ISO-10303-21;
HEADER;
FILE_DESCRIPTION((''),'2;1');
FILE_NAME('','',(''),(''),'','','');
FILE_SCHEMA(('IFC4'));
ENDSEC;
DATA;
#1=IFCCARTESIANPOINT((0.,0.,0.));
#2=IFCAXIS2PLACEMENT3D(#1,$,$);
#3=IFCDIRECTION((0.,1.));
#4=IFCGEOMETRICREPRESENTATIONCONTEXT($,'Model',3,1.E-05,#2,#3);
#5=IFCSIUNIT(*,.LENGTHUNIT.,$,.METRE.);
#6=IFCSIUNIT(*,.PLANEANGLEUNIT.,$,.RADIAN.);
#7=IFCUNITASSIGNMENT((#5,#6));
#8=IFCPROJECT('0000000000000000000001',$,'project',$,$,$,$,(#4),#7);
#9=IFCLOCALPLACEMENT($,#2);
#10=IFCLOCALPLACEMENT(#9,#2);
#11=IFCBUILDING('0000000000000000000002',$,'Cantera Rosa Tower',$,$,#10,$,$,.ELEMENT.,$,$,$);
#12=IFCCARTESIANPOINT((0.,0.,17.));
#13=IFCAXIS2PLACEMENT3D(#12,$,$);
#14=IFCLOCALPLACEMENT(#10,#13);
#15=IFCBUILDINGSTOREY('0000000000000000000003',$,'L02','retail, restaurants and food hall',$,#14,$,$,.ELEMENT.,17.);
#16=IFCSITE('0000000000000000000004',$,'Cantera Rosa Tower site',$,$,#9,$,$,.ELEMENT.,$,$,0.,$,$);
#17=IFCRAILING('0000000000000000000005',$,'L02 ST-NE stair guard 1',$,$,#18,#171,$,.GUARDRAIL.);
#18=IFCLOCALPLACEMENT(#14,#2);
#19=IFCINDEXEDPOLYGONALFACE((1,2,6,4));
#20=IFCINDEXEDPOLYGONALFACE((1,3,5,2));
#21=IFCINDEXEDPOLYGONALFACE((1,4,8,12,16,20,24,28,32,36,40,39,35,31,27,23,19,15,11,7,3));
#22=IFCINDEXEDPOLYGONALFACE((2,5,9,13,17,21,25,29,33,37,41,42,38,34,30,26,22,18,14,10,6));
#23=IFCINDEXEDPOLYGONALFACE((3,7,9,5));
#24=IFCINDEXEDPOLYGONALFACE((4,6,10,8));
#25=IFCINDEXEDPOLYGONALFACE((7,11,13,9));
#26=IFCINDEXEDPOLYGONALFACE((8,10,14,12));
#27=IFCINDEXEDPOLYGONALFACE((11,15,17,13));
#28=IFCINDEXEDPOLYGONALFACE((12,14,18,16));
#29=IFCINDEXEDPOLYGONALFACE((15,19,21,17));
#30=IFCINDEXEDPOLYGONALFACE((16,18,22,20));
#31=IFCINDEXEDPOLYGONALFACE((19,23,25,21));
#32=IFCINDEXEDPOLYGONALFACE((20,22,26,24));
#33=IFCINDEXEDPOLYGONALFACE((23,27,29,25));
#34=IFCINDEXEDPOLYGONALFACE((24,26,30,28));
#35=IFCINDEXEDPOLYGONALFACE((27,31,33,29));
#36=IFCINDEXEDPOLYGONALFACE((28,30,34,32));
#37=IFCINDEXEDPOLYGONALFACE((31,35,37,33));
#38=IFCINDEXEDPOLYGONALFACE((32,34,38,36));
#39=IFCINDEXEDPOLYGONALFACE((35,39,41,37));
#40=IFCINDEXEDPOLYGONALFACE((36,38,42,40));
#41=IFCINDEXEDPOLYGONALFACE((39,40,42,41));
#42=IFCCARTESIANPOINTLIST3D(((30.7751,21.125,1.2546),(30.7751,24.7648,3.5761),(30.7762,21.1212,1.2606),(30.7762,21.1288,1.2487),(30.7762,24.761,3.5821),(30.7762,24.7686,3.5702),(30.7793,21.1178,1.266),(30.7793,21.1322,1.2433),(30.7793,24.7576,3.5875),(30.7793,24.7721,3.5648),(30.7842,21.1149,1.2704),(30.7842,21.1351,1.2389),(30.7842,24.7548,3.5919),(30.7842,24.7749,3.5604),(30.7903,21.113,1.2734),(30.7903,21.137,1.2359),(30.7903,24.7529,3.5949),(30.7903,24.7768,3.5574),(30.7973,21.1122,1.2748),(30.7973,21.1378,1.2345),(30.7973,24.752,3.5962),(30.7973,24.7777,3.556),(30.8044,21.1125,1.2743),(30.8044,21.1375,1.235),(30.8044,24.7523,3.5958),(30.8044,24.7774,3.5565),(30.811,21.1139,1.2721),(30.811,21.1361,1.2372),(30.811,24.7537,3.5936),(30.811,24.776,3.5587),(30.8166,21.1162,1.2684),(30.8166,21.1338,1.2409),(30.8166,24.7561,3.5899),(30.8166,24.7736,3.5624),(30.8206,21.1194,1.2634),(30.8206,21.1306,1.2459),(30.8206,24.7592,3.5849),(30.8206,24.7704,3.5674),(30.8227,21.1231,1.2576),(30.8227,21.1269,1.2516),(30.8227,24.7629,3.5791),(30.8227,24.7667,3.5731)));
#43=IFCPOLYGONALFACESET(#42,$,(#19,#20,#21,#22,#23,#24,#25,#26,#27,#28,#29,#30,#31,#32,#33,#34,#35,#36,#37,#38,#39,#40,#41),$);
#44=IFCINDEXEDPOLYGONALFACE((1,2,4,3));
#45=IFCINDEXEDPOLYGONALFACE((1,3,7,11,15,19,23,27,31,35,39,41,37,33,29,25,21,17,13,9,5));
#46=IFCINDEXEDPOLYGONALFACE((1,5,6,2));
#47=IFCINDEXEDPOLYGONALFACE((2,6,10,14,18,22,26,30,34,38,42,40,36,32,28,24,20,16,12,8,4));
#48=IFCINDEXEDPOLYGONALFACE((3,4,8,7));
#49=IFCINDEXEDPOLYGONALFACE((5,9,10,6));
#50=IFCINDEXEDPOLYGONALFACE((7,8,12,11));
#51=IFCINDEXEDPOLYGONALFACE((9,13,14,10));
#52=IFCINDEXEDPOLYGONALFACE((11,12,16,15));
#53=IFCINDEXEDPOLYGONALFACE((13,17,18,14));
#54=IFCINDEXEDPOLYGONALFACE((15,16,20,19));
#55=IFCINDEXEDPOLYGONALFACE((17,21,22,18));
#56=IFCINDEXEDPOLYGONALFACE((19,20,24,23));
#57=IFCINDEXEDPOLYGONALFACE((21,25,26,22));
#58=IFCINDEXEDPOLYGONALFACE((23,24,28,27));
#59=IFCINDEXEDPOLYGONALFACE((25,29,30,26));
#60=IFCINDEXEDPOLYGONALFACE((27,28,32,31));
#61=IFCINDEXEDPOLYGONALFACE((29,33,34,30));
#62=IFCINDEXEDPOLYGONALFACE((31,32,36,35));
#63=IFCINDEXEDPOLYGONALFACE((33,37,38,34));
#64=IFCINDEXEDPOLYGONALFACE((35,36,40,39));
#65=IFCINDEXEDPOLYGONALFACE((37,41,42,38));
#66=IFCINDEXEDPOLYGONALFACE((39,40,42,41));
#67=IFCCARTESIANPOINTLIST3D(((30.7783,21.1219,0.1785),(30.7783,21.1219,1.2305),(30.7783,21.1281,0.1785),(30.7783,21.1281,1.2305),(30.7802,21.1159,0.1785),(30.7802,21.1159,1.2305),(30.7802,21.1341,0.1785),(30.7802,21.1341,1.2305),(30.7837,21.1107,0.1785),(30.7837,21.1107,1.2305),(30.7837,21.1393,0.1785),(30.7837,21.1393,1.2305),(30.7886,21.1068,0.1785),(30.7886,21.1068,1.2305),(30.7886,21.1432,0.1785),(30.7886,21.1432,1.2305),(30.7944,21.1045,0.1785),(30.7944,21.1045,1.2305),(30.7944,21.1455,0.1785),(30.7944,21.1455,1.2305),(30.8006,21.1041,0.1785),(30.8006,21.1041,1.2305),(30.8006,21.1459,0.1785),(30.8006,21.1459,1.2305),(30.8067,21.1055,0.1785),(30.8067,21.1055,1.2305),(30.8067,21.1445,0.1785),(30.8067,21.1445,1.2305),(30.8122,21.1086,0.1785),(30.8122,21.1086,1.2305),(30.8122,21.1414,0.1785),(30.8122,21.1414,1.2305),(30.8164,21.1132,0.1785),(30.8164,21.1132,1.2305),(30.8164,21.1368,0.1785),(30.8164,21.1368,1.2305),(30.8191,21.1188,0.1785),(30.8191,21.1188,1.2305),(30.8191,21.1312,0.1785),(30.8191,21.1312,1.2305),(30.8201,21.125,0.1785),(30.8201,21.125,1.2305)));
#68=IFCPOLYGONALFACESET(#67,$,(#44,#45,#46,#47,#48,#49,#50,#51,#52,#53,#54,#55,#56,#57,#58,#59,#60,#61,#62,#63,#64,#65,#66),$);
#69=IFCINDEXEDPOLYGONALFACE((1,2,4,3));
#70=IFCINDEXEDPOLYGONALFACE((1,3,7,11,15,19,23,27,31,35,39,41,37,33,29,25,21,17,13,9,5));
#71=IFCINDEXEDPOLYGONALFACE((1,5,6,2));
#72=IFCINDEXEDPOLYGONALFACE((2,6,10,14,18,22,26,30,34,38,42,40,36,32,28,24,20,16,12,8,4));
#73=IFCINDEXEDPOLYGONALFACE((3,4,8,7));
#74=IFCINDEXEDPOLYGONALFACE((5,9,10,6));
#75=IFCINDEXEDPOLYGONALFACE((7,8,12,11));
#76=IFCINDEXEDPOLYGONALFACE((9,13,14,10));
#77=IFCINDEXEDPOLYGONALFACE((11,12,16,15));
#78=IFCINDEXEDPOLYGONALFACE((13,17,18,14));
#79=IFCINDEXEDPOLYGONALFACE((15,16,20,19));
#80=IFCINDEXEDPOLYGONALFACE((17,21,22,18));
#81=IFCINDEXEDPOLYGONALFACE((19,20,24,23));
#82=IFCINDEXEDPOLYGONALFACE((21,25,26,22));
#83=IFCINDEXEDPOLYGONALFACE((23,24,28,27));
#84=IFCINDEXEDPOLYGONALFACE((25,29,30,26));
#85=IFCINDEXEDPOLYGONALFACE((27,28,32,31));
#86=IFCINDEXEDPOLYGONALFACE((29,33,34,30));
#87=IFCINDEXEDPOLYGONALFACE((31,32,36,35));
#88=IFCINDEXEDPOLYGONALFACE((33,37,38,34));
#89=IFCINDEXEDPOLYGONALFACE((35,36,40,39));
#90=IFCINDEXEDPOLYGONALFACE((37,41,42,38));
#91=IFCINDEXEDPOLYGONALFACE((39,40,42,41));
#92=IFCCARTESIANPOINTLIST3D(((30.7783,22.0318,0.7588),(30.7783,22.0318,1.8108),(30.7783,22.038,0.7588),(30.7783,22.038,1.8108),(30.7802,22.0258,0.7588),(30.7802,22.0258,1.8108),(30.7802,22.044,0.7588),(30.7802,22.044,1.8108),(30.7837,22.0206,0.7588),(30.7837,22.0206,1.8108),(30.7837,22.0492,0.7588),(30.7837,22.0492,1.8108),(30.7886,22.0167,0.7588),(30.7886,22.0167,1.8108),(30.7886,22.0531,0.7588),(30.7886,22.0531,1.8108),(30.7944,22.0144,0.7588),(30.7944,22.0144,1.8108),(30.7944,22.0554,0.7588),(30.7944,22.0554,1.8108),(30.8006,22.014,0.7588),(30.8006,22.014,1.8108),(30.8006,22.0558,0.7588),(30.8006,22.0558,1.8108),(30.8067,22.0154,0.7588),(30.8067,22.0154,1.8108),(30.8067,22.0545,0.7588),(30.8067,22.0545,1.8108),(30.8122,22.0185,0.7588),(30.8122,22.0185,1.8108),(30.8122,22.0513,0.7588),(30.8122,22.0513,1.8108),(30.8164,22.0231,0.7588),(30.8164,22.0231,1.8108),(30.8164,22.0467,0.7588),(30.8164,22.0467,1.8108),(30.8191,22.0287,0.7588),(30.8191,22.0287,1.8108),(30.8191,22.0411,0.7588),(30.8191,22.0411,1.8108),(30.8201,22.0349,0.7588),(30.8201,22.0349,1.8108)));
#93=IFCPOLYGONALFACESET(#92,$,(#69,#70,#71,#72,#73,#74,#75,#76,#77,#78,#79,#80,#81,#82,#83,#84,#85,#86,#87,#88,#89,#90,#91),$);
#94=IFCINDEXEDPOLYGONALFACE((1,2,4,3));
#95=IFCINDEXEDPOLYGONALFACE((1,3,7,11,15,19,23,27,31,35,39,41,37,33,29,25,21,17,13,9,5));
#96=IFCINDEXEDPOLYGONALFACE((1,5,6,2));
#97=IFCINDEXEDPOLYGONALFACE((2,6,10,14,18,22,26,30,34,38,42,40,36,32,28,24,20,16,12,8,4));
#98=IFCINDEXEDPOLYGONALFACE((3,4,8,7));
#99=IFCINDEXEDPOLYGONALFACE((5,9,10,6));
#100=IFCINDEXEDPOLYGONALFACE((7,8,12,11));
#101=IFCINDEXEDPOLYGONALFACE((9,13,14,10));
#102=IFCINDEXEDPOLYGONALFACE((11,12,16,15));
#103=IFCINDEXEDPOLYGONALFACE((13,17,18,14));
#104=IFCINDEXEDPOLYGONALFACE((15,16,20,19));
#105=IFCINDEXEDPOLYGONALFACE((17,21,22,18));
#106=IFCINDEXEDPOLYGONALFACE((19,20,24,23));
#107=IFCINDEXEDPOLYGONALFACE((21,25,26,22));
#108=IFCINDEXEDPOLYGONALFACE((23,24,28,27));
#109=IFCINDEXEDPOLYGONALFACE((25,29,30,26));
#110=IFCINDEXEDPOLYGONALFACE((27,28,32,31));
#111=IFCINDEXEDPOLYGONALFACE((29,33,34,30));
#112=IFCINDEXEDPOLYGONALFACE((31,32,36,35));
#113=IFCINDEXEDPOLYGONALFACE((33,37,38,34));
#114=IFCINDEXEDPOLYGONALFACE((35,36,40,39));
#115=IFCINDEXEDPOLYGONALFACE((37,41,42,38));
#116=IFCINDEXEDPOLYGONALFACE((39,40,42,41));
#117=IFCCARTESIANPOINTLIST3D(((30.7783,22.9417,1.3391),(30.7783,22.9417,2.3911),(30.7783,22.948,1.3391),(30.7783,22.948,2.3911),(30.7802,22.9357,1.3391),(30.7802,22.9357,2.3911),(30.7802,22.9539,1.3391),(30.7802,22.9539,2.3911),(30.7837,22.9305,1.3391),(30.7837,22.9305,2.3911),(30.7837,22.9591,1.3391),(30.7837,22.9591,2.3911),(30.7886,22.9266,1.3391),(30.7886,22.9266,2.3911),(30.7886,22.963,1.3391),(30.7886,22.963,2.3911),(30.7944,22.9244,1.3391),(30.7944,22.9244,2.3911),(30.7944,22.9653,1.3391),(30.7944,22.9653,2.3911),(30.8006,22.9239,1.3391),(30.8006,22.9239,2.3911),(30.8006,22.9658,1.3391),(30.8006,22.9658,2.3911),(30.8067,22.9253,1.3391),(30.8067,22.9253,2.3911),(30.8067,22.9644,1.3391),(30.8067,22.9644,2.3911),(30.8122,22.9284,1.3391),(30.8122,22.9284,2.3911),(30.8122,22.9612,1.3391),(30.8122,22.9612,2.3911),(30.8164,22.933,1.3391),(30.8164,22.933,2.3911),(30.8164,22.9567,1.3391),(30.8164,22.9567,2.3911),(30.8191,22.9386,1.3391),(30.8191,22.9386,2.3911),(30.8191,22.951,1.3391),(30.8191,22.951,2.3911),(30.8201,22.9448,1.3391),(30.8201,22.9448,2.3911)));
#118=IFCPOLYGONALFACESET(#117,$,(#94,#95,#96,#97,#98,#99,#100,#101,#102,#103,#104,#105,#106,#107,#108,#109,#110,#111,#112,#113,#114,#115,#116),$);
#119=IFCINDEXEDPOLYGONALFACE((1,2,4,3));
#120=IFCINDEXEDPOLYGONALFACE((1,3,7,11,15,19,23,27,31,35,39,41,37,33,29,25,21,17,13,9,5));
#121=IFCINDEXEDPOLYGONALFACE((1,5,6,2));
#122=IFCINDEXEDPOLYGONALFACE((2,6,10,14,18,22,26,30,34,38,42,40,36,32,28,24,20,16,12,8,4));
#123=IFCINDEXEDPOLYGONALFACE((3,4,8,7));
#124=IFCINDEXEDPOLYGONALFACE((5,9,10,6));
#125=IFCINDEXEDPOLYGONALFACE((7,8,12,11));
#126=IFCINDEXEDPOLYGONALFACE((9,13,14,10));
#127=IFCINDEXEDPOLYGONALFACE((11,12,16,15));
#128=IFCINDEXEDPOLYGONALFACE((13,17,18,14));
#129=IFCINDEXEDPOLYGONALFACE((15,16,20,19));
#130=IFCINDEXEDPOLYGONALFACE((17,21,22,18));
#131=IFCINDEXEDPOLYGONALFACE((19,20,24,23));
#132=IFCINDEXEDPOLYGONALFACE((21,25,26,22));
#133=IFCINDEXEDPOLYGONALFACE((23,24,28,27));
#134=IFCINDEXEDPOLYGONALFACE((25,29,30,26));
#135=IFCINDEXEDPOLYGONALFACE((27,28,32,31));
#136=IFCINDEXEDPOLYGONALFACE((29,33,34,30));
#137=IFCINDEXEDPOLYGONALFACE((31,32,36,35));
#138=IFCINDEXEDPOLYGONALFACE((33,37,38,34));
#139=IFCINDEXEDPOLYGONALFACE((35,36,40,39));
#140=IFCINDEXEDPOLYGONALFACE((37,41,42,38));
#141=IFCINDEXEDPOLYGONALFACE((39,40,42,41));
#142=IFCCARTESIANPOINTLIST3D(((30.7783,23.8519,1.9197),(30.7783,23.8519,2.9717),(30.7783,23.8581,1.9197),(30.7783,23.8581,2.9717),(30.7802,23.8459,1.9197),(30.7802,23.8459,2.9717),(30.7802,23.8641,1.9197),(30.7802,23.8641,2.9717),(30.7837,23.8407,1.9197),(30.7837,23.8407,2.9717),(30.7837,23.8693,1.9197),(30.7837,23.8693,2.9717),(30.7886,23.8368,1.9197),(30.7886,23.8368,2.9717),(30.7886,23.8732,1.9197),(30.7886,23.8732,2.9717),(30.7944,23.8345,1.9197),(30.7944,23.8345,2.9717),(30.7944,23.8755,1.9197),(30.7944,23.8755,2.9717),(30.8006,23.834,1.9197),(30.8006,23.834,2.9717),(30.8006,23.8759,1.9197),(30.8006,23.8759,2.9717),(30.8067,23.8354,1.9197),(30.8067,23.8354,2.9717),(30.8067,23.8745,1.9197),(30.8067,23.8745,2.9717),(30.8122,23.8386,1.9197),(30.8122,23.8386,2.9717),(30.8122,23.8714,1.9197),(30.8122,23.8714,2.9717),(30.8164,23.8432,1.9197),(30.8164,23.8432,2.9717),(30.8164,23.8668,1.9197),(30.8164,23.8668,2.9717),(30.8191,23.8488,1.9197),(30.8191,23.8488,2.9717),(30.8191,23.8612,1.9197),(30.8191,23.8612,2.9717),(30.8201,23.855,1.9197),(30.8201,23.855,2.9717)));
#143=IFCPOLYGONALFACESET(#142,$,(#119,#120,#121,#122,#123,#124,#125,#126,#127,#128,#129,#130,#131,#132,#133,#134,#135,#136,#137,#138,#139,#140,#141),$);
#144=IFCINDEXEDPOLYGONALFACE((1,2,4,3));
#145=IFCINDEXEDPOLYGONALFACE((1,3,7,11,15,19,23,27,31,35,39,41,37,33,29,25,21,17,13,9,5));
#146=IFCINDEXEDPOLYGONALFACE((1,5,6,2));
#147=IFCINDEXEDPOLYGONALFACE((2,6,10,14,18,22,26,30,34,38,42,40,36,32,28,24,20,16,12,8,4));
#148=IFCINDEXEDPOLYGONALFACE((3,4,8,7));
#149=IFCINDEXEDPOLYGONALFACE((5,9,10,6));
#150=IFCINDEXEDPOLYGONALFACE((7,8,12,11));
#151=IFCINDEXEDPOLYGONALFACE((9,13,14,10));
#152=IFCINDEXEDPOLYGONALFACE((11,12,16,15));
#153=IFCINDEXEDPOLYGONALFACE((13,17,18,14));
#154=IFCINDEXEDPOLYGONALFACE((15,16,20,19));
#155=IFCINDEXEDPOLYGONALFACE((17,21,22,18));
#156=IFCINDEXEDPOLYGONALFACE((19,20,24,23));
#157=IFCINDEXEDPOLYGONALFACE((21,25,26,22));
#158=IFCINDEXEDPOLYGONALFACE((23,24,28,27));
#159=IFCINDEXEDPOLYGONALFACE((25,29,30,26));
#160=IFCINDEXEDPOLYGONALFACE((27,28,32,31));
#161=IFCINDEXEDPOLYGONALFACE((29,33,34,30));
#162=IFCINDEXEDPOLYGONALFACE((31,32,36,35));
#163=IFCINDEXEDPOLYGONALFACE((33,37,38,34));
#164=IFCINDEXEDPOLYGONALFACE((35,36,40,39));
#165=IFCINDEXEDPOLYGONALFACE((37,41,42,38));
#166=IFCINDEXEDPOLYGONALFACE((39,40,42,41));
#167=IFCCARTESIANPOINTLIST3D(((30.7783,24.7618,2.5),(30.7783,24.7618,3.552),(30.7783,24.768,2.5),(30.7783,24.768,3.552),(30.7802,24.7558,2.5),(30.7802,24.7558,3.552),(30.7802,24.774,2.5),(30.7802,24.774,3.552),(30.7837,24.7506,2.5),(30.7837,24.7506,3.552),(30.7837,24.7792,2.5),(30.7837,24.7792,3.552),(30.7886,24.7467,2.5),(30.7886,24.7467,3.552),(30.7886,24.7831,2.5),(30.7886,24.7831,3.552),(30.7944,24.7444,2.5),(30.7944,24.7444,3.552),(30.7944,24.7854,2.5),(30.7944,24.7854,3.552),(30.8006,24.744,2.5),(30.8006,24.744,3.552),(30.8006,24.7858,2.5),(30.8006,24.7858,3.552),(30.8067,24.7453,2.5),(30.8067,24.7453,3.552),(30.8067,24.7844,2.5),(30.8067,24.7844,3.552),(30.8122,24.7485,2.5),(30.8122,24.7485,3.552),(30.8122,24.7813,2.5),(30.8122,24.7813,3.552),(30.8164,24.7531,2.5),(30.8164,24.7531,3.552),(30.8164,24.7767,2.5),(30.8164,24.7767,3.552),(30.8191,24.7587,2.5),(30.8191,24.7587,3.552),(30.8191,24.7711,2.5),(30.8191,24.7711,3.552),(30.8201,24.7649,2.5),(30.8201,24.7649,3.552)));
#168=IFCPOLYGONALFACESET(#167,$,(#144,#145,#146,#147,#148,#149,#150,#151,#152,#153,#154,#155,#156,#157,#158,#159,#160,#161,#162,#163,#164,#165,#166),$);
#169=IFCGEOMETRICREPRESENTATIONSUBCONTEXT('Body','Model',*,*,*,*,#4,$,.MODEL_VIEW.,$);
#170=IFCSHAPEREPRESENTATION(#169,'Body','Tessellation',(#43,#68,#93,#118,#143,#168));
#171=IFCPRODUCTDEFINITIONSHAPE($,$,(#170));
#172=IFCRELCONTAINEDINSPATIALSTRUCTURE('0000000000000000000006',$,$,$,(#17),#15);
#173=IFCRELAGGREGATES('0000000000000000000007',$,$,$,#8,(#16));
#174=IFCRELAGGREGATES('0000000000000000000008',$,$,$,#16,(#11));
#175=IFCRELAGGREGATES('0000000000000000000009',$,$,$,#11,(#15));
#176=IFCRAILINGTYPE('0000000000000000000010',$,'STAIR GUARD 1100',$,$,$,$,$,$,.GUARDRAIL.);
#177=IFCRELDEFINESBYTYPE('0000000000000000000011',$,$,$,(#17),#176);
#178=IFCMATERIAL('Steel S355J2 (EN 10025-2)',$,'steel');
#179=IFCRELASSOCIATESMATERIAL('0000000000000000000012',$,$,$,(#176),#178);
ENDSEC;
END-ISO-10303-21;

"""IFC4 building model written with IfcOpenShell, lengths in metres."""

from ifc_helpers import new_model, si_unit, direction, frame, origin, origin_2d, place, context, subcontext, project, spatial, circle, extrude, material, type_object, element, save


model = new_model("IFC4")

# Units and contexts
model_context = context("Model", 3, precision=1e-05, world=origin(), true_north=direction((0.0, 1.0)))
body_context = subcontext(model_context, "Body", "Model", "MODEL_VIEW")
ifc_project = project(units=[si_unit("LENGTHUNIT", "METRE"), si_unit("PLANEANGLEUNIT", "RADIAN")], contexts=[model_context])

# Site, building, storey
site_placement = place(None, origin())
site = spatial("IfcSite", under=ifc_project, at=site_placement, Name="Cantera Rosa Tower site", CompositionType="ELEMENT", RefElevation=0.0)
building_placement = place(site_placement, origin())
building = spatial("IfcBuilding", under=site, at=building_placement, Name="Cantera Rosa Tower", CompositionType="ELEMENT")
storey_placement = place(building_placement, frame((0.0, 0.0, 17.0)))
storey = spatial("IfcBuildingStorey", under=building, at=storey_placement, Name="L02", Description="retail, restaurants and food hall", CompositionType="ELEMENT", Elevation=17.0)

# Railing
ifc_material_1 = material(Name="Steel S355J2 (EN 10025-2)", Category="steel")
railing_type_1 = type_object("IfcRailingType", Name="STAIR GUARD 1100", PredefinedType="GUARDRAIL", material=ifc_material_1)
railing_1_placement = place(storey_placement, frame((30.7991, 21.125, 0.1785)))
element("IfcRailing", 1, at=railing_1_placement, inside=storey, type_object=railing_type_1, Name="L02 ST-NE stair guard 1", PredefinedType="GUARDRAIL", context=body_context, shape_type="SweptSolid", body=[
    extrude(circle(Radius=0.0239, at=origin_2d()), frame((0.0, 0.0, 1.0762), z_axis=(0.0, 0.843112, 0.537739), x_axis=(-1.0, 0.0, 0.0)), (0.0, 0.0, 1.0), 4.3171),
    extrude(circle(Radius=0.021, at=origin_2d()), origin(), (0.0, 0.0, 1.0), 1.052),
    extrude(circle(Radius=0.021, at=origin_2d()), frame((0.0, 0.9099, 0.5803)), (0.0, 0.0, 1.0), 1.052),
    extrude(circle(Radius=0.021, at=origin_2d()), frame((0.0, 1.8198, 1.1606)), (0.0, 0.0, 1.0), 1.052),
    extrude(circle(Radius=0.021, at=origin_2d()), frame((0.0, 2.73, 1.7412)), (0.0, 0.0, 1.0), 1.052),
    extrude(circle(Radius=0.021, at=origin_2d()), frame((0.0, 3.6399, 2.3215)), (0.0, 0.0, 1.0), 1.052),
])

save(model, "model.ifc")
